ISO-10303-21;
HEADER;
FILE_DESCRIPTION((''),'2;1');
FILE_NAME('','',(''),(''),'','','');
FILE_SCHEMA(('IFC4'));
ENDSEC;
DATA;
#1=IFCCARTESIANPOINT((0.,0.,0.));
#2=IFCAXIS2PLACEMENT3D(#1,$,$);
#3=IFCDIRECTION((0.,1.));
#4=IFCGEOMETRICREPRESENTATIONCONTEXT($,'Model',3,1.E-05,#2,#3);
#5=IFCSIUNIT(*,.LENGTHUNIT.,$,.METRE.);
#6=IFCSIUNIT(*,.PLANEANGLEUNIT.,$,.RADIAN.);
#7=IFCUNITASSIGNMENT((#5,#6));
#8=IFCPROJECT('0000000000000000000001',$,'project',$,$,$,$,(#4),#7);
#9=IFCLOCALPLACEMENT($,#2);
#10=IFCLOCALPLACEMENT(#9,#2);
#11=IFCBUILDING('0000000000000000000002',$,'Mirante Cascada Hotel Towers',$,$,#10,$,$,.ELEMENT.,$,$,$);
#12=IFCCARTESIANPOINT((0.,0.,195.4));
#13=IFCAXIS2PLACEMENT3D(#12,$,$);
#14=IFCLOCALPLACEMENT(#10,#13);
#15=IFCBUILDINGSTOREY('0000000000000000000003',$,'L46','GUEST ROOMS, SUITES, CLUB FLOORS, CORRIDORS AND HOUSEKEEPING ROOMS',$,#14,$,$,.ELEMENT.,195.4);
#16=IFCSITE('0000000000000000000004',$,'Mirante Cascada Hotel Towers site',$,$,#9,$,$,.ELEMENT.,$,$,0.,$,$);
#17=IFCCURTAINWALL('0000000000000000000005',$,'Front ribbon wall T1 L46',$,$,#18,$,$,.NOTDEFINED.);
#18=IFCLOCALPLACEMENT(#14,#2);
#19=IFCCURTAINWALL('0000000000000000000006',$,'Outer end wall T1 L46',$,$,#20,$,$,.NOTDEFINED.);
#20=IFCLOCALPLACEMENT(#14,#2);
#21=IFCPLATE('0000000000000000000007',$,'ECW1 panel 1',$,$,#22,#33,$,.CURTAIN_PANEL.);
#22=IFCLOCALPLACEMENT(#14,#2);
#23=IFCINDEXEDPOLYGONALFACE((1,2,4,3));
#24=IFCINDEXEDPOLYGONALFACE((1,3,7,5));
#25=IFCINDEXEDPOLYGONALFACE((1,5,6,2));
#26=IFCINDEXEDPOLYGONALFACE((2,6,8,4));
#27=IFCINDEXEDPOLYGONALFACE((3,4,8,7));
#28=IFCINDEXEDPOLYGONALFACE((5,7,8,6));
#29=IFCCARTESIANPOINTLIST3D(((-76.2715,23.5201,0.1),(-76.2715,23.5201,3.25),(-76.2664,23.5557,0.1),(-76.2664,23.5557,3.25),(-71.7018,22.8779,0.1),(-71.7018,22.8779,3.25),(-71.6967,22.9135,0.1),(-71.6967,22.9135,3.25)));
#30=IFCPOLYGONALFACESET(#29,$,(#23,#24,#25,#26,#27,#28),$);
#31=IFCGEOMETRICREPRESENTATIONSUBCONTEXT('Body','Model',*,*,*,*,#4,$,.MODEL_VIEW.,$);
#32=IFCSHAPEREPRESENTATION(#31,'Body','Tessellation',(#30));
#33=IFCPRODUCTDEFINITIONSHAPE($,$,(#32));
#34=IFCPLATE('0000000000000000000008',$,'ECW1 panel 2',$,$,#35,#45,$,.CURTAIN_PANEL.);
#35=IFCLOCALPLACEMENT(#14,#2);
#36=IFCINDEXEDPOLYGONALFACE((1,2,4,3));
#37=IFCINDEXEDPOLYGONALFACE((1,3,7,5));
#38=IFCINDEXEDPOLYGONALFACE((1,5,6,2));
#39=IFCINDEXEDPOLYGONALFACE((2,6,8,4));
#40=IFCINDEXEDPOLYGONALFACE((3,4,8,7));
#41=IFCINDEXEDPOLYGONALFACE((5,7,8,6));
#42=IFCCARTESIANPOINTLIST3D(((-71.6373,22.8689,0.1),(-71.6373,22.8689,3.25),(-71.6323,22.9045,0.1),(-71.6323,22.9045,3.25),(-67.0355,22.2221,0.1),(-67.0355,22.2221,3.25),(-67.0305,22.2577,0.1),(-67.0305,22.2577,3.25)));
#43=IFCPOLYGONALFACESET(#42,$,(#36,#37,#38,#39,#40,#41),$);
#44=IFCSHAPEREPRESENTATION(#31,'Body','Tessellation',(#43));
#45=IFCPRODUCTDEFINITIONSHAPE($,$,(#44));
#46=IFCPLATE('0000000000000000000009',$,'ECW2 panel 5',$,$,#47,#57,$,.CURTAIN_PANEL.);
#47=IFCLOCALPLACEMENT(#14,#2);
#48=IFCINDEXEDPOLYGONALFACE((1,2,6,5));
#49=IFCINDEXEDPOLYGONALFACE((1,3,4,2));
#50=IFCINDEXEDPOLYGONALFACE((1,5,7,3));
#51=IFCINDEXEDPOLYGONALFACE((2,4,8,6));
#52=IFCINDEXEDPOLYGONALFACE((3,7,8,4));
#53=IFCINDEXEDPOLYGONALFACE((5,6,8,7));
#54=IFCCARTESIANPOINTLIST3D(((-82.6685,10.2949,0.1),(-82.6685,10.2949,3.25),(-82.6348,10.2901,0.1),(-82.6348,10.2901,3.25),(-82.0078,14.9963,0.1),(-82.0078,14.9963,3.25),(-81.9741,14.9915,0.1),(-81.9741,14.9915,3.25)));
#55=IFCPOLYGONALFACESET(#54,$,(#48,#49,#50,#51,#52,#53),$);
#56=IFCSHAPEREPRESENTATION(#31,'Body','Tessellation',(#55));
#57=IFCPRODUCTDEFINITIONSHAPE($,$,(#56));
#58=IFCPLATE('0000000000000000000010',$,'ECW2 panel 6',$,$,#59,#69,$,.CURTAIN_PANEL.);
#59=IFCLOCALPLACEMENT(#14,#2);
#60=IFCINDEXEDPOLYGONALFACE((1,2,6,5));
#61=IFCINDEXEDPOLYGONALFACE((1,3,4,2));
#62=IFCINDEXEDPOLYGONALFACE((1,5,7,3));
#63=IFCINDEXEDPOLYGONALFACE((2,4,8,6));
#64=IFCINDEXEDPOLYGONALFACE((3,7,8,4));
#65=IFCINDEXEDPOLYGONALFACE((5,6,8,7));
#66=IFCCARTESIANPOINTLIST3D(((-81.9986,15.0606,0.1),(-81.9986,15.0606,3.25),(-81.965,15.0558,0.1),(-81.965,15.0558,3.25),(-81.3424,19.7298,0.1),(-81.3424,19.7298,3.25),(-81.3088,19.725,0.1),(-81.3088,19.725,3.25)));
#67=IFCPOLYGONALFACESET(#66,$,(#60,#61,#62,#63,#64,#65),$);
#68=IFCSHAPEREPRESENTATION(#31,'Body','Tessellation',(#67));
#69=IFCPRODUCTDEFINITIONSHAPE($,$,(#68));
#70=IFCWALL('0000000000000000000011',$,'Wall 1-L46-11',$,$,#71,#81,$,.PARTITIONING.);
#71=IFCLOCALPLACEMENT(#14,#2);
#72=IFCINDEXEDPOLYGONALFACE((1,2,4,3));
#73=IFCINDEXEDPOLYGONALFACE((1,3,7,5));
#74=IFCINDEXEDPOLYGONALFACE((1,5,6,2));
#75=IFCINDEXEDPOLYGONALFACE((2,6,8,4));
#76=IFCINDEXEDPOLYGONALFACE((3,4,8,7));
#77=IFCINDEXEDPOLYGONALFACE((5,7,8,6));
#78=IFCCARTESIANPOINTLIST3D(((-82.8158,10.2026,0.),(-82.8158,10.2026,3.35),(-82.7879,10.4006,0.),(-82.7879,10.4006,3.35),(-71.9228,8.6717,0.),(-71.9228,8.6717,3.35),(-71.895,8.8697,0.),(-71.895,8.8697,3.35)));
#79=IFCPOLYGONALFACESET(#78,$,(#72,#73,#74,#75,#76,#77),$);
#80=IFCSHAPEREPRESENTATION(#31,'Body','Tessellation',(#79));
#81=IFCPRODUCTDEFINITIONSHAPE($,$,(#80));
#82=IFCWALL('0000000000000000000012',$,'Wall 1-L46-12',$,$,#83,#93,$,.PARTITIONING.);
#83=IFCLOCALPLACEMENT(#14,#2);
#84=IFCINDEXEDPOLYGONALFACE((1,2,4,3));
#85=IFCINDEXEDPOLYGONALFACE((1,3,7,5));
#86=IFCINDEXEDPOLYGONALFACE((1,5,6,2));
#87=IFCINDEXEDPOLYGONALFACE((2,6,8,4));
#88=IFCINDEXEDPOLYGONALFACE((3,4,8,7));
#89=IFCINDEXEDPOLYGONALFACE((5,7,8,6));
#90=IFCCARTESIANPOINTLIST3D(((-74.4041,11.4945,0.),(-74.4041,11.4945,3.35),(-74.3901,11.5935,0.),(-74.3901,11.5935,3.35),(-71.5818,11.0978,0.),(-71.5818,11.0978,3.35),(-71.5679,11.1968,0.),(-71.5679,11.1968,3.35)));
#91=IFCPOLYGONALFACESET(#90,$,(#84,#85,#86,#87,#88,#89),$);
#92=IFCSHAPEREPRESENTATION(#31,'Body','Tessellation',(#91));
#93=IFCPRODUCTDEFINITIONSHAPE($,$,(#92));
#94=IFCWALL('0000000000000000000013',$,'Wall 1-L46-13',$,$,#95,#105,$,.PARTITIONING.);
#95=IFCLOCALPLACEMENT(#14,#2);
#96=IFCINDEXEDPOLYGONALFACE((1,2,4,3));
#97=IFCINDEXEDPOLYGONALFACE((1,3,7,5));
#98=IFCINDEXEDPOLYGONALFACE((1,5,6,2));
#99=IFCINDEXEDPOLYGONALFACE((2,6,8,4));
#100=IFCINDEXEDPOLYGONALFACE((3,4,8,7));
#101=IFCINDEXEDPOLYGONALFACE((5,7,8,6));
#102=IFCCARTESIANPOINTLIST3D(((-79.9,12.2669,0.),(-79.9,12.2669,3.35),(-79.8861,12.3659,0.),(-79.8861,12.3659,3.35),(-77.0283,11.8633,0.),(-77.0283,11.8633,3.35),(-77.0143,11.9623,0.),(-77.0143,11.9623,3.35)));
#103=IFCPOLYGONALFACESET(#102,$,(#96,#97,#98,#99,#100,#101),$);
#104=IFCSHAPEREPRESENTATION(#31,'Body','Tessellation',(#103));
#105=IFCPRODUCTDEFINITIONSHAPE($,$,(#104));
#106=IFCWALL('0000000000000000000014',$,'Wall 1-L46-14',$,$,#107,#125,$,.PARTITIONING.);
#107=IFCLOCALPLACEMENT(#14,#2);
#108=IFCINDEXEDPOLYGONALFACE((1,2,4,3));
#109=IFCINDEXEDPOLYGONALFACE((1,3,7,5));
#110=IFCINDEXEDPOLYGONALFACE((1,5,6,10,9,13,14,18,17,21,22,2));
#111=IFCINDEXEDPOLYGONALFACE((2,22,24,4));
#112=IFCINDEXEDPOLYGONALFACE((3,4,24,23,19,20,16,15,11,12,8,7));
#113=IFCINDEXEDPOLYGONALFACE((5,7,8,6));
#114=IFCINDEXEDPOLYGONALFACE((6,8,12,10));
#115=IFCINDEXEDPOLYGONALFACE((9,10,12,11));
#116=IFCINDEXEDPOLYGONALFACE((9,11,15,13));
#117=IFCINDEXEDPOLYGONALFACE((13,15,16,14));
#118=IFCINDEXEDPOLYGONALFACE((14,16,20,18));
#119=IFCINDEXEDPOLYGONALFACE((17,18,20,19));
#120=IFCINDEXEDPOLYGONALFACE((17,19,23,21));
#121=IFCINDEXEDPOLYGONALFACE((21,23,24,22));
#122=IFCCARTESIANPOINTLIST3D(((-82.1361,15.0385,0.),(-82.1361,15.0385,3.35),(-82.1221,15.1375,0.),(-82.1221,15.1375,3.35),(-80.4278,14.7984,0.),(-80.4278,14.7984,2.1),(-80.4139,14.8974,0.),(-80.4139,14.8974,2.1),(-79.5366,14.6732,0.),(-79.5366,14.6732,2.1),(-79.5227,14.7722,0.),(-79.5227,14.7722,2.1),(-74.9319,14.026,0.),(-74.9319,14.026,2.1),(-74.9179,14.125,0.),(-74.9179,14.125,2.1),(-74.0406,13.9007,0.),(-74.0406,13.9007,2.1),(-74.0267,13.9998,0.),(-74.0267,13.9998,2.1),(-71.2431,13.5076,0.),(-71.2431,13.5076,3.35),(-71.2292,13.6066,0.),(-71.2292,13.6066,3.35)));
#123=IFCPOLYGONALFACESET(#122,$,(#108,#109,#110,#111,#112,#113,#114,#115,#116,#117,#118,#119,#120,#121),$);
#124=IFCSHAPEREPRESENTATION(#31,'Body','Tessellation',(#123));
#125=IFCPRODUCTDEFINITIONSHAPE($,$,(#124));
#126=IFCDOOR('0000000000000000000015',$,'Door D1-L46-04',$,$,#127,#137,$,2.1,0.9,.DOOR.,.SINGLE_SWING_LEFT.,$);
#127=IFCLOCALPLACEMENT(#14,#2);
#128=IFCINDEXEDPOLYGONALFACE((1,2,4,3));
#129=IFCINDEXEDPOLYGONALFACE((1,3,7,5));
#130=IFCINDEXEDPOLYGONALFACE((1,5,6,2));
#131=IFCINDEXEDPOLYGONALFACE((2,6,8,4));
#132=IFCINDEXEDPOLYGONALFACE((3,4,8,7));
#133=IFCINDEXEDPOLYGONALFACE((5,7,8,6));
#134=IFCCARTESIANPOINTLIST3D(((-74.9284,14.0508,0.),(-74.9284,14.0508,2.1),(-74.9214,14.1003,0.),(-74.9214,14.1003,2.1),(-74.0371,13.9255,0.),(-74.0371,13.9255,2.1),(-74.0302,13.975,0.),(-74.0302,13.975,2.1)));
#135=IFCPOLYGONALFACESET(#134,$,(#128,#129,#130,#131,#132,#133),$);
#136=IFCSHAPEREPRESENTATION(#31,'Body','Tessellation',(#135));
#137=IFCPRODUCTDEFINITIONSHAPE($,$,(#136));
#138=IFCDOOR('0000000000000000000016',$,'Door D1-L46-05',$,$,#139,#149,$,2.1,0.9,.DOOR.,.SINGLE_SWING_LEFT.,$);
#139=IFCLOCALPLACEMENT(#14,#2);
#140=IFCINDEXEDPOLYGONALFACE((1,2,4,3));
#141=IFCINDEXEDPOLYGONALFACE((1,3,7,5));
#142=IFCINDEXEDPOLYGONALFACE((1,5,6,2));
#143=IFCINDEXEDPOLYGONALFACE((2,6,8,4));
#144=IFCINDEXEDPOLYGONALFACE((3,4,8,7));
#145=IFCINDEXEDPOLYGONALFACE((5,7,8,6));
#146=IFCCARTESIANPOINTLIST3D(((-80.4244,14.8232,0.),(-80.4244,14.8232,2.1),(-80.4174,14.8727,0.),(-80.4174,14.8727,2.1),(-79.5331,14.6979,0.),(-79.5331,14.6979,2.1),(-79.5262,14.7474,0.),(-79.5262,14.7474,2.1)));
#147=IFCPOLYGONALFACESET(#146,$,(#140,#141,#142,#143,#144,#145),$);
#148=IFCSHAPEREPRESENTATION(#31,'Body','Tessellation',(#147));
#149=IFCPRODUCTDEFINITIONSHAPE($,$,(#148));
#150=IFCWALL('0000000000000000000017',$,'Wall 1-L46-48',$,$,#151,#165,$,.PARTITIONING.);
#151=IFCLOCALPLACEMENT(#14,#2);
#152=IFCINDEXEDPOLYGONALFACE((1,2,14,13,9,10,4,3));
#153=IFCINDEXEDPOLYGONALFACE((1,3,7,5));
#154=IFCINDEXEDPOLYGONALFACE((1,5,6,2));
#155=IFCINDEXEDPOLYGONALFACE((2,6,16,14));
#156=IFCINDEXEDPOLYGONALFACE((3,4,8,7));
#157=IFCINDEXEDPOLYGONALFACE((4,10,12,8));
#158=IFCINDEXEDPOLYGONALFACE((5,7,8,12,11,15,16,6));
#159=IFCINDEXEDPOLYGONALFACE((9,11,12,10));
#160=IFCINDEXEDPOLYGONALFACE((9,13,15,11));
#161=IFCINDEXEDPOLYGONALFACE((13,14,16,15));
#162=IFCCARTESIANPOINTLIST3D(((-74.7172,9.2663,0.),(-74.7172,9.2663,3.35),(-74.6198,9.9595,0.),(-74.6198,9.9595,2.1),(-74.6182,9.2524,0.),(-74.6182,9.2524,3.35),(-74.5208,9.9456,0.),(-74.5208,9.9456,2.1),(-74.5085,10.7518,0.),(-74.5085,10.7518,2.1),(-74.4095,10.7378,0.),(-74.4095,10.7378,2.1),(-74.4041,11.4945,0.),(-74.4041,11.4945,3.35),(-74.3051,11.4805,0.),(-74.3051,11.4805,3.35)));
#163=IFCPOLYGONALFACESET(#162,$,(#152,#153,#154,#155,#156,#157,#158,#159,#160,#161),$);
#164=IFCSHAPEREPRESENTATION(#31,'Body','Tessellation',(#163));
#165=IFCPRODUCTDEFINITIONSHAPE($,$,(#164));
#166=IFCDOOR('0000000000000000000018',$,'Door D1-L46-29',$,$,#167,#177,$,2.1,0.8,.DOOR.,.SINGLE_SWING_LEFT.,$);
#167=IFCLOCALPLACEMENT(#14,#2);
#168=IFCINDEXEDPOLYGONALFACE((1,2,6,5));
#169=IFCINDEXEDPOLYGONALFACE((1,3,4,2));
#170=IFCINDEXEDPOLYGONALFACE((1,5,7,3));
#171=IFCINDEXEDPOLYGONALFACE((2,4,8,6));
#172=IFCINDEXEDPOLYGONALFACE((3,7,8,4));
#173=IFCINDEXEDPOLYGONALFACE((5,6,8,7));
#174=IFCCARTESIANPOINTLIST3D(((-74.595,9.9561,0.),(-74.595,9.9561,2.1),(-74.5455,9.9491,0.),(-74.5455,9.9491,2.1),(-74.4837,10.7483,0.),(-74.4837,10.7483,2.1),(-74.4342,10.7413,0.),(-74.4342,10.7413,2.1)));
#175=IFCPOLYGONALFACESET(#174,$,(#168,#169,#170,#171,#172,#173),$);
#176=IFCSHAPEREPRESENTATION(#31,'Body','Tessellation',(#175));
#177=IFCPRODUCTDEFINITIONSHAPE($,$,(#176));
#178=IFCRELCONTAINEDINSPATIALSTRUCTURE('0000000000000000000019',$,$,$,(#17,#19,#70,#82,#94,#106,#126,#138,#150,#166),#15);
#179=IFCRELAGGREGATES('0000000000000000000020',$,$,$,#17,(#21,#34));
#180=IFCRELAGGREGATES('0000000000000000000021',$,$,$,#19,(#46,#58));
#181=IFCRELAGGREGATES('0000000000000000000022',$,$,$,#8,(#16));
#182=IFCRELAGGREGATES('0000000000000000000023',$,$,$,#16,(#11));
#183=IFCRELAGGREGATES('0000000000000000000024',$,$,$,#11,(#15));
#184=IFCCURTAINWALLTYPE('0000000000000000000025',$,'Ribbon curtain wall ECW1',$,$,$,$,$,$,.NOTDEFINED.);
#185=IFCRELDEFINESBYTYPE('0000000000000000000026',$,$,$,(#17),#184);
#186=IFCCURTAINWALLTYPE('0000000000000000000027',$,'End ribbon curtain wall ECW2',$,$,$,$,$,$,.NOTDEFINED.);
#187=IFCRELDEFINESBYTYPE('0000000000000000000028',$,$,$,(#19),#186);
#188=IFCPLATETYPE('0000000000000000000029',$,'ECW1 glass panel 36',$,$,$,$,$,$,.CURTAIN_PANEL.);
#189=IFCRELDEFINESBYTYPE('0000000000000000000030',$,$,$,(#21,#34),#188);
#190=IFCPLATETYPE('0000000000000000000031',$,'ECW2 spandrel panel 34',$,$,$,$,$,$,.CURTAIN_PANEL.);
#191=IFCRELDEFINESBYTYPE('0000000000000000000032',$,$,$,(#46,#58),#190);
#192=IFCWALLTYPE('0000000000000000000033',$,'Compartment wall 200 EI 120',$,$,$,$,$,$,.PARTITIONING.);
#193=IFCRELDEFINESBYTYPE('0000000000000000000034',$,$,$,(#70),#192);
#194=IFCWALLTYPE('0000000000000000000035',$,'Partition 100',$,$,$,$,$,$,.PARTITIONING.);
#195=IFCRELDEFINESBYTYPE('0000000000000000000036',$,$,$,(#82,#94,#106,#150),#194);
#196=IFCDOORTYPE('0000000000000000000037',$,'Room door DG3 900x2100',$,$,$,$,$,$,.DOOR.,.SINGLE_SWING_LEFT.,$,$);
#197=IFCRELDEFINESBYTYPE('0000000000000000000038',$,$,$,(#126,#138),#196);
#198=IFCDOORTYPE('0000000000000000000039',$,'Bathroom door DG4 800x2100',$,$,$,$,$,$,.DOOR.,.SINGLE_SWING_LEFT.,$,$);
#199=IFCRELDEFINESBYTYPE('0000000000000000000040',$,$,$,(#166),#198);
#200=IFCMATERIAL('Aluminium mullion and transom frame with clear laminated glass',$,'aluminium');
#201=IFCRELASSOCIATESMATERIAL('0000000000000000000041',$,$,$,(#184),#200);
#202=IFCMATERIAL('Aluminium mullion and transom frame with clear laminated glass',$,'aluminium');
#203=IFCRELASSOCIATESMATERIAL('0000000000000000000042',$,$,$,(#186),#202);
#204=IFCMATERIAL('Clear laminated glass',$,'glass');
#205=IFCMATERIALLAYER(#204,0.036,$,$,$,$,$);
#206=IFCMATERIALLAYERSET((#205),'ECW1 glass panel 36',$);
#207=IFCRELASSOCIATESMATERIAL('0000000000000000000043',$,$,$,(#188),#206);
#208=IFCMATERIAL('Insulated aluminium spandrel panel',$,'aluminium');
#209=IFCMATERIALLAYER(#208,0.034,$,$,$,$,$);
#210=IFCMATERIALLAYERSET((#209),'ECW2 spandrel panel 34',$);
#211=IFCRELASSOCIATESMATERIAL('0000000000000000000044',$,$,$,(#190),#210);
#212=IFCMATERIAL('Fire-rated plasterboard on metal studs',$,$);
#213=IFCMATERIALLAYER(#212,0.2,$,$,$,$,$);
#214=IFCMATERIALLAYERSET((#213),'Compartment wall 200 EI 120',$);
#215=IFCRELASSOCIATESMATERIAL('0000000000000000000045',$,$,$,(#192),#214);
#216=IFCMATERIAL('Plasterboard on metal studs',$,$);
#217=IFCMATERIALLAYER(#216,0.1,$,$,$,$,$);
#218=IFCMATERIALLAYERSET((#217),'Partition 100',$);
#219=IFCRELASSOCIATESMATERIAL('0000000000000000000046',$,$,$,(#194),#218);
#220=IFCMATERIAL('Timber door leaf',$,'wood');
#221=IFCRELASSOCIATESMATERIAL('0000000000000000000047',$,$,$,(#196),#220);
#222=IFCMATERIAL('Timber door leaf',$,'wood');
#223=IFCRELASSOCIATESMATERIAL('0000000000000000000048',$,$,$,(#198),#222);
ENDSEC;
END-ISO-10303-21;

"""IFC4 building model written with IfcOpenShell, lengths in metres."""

from ifc_helpers import new_model, si_unit, direction, frame, frame_2d, origin, origin_2d, place, context, subcontext, project, spatial, rectangle, extrude, material, layer, layer_set, type_object, element, fill, aggregate, save


model = new_model("IFC4")

# Units and contexts
model_context = context("Model", 3, precision=1e-05, world=origin(), true_north=direction((0.0, 1.0)))
body_context = subcontext(model_context, "Body", "Model", "MODEL_VIEW")
ifc_project = project(units=[si_unit("LENGTHUNIT", "METRE"), si_unit("PLANEANGLEUNIT", "RADIAN")], contexts=[model_context])

# Site, building, storey
site_placement = place(None, origin())
site = spatial("IfcSite", under=ifc_project, at=site_placement, Name="Mirante Cascada Hotel Towers site", CompositionType="ELEMENT", RefElevation=0.0)
building_placement = place(site_placement, origin())
building = spatial("IfcBuilding", under=site, at=building_placement, Name="Mirante Cascada Hotel Towers", CompositionType="ELEMENT")
storey_placement = place(building_placement, frame((0.0, 0.0, 195.4)))
storey = spatial("IfcBuildingStorey", under=building, at=storey_placement, Name="L46", Description="GUEST ROOMS, SUITES, CLUB FLOORS, CORRIDORS AND HOUSEKEEPING ROOMS", CompositionType="ELEMENT", Elevation=195.4)

# Curtain walls
ifc_material_1 = material(Name="Aluminium mullion and transom frame with clear laminated glass", Category="aluminium")
curtain_wall_type_1 = type_object("IfcCurtainWallType", Name="Ribbon curtain wall ECW1", PredefinedType="NOTDEFINED", material=ifc_material_1)
curtain_wall_1_placement = place(storey_placement, origin())
curtain_wall_1 = element("IfcCurtainWall", 1, at=curtain_wall_1_placement, inside=storey, type_object=curtain_wall_type_1, Name="Front ribbon wall T1 L46", PredefinedType="NOTDEFINED")
ifc_material_2 = material(Name="Aluminium mullion and transom frame with clear laminated glass", Category="aluminium")
curtain_wall_type_2 = type_object("IfcCurtainWallType", Name="End ribbon curtain wall ECW2", PredefinedType="NOTDEFINED", material=ifc_material_2)
curtain_wall_2_placement = place(storey_placement, origin())
curtain_wall_2 = element("IfcCurtainWall", 2, at=curtain_wall_2_placement, inside=storey, type_object=curtain_wall_type_2, Name="Outer end wall T1 L46", PredefinedType="NOTDEFINED")

# Plates
ifc_material_3 = material(Name="Clear laminated glass", Category="glass")
ifc_layer_1 = layer(ifc_material_3, 0.036)
ifc_layer_set_1 = layer_set([ifc_layer_1], Name="ECW1 glass panel 36")
plate_type_1 = type_object("IfcPlateType", Name="ECW1 glass panel 36", PredefinedType="CURTAIN_PANEL", material=ifc_layer_set_1)
plate_1_placement = place(storey_placement, frame((-73.9841, 23.2168, 0.1), z_axis=(0.0, 0.0, 1.0), x_axis=(0.990268, -0.139173, 0.0)))
plate_1 = element("IfcPlate", 3, at=plate_1_placement, type_object=plate_type_1, Name="ECW1 panel 1", PredefinedType="CURTAIN_PANEL", context=body_context, shape_type="SweptSolid", body=[
    extrude(rectangle(XDim=4.6146, YDim=0.036, at=origin_2d()), origin(), (0.0, 0.0, 1.0), 3.15),
])
plate_2_placement = place(storey_placement, frame((-69.3339, 22.5633, 0.1), z_axis=(0.0, 0.0, 1.0), x_axis=(0.990268, -0.139173, 0.0)))
plate_2 = element("IfcPlate", 4, at=plate_2_placement, type_object=plate_type_1, Name="ECW1 panel 2", PredefinedType="CURTAIN_PANEL", context=body_context, shape_type="SweptSolid", body=[
    extrude(rectangle(XDim=4.6471, YDim=0.036, at=origin_2d()), origin(), (0.0, 0.0, 1.0), 3.15),
])
aggregate(curtain_wall_1, [plate_1, plate_2])
ifc_material_4 = material(Name="Insulated aluminium spandrel panel", Category="aluminium")
ifc_layer_2 = layer(ifc_material_4, 0.034)
ifc_layer_set_2 = layer_set([ifc_layer_2], Name="ECW2 spandrel panel 34")
plate_type_2 = type_object("IfcPlateType", Name="ECW2 spandrel panel 34", PredefinedType="CURTAIN_PANEL", material=ifc_layer_set_2)
plate_3_placement = place(storey_placement, frame((-82.3213, 12.6432, 0.1), z_axis=(0.0, 0.0, 1.0), x_axis=(0.139173, 0.990268, 0.0)))
plate_3 = element("IfcPlate", 5, at=plate_3_placement, type_object=plate_type_2, Name="ECW2 panel 5", PredefinedType="CURTAIN_PANEL", context=body_context, shape_type="SweptSolid", body=[
    extrude(rectangle(XDim=4.7476, YDim=0.034, at=origin_2d()), origin(), (0.0, 0.0, 1.0), 3.15),
])
plate_4_placement = place(storey_placement, frame((-81.6537, 17.3928, 0.1), z_axis=(0.0, 0.0, 1.0), x_axis=(0.139173, 0.990268, 0.0)))
plate_4 = element("IfcPlate", 6, at=plate_4_placement, type_object=plate_type_2, Name="ECW2 panel 6", PredefinedType="CURTAIN_PANEL", context=body_context, shape_type="SweptSolid", body=[
    extrude(rectangle(XDim=4.7151, YDim=0.034, at=origin_2d()), origin(), (0.0, 0.0, 1.0), 3.15),
])
aggregate(curtain_wall_2, [plate_3, plate_4])

# Walls
ifc_material_5 = material(Name="Fire-rated plasterboard on metal studs")
ifc_layer_3 = layer(ifc_material_5, 0.2)
ifc_layer_set_3 = layer_set([ifc_layer_3], Name="Compartment wall 200 EI 120")
wall_type_1 = type_object("IfcWallType", Name="Compartment wall 200 EI 120", PredefinedType="PARTITIONING", material=ifc_layer_set_3)
wall_1_placement = place(storey_placement, frame((-71.9089, 8.7707, 0.0), z_axis=(0.0, 0.0, 1.0), x_axis=(-0.990268, 0.139173, 0.0)))
element("IfcWall", 7, at=wall_1_placement, inside=storey, type_object=wall_type_1, Name="Wall 1-L46-11", PredefinedType="PARTITIONING", context=body_context, shape_type="SweptSolid", body=[
    extrude(rectangle(XDim=11.0, YDim=0.2, at=frame_2d((5.5, 0.0))), origin(), (0.0, 0.0, 1.0), 3.35),
])
ifc_material_6 = material(Name="Plasterboard on metal studs")
ifc_layer_4 = layer(ifc_material_6, 0.1)
ifc_layer_set_4 = layer_set([ifc_layer_4], Name="Partition 100")
wall_type_2 = type_object("IfcWallType", Name="Partition 100", PredefinedType="PARTITIONING", material=ifc_layer_set_4)
wall_2_placement = place(storey_placement, frame((-74.3971, 11.544, 0.0), z_axis=(0.0, 0.0, 1.0), x_axis=(0.990266, -0.139191, 0.0)))
element("IfcWall", 8, at=wall_2_placement, inside=storey, type_object=wall_type_2, Name="Wall 1-L46-12", PredefinedType="PARTITIONING", context=body_context, shape_type="SweptSolid", body=[
    extrude(rectangle(XDim=2.85, YDim=0.1, at=frame_2d((1.425, 0.0))), origin(), (0.0, 0.0, 1.0), 3.35),
])
wall_3_placement = place(storey_placement, frame((-77.0213, 11.9128, 0.0), z_axis=(0.0, 0.0, 1.0), x_axis=(-0.990268, 0.139171, 0.0)))
element("IfcWall", 9, at=wall_3_placement, inside=storey, type_object=wall_type_2, Name="Wall 1-L46-13", PredefinedType="PARTITIONING", context=body_context, shape_type="SweptSolid", body=[
    extrude(rectangle(XDim=2.9, YDim=0.1, at=frame_2d((1.45, 0.0))), origin(), (0.0, 0.0, 1.0), 3.35),
])

# Wall, openings, doors
wall_4_placement = place(storey_placement, frame((-82.1291, 15.088, 0.0), z_axis=(0.0, 0.0, 1.0), x_axis=(0.990268, -0.139173, 0.0)))
wall_4 = element("IfcWall", 10, at=wall_4_placement, inside=storey, type_object=wall_type_2, Name="Wall 1-L46-14", PredefinedType="PARTITIONING", context=body_context, shape_type="SweptSolid", body=[
    extrude(rectangle(XDim=11.0, YDim=0.1, at=frame_2d((5.5, 0.0))), origin(), (0.0, 0.0, 1.0), 3.35),
])
opening_1_placement = place(wall_4_placement, frame((7.275, 0.0, 0.0)))
opening_1 = element("IfcOpeningElement", 11, at=opening_1_placement, cuts=wall_4, PredefinedType="OPENING", context=body_context, shape_type="SweptSolid", body=[
    extrude(rectangle(XDim=0.9, YDim=2.1, at=frame_2d((0.45, 1.05))), frame((0.0, 0.05, 0.0), z_axis=(0.0, -1.0, 0.0), x_axis=(1.0, 0.0, 0.0)), (0.0, 0.0, 1.0), 0.1),
])
opening_2_placement = place(wall_4_placement, frame((1.725, 0.0, 0.0)))
opening_2 = element("IfcOpeningElement", 12, at=opening_2_placement, cuts=wall_4, PredefinedType="OPENING", context=body_context, shape_type="SweptSolid", body=[
    extrude(rectangle(XDim=0.9, YDim=2.1, at=frame_2d((0.45, 1.05))), frame((0.0, 0.05, 0.0), z_axis=(0.0, -1.0, 0.0), x_axis=(1.0, 0.0, 0.0)), (0.0, 0.0, 1.0), 0.1),
])
ifc_material_7 = material(Name="Timber door leaf", Category="wood")
door_type_1 = type_object("IfcDoorType", Name="Room door DG3 900x2100", OperationType="SINGLE_SWING_LEFT", PredefinedType="DOOR", material=ifc_material_7)
door_1_placement = place(opening_1_placement, origin())
door_1 = element("IfcDoor", 13, at=door_1_placement, inside=storey, type_object=door_type_1, Name="Door D1-L46-04", OperationType="SINGLE_SWING_LEFT", OverallHeight=2.1, OverallWidth=0.9, PredefinedType="DOOR", context=body_context, shape_type="SweptSolid", body=[
    extrude(rectangle(XDim=0.9, YDim=2.1, at=frame_2d((0.45, 1.05))), frame((0.0, 0.025, 0.0), z_axis=(0.0, -1.0, 0.0), x_axis=(1.0, 0.0, 0.0)), (0.0, 0.0, 1.0), 0.05),
])
fill(opening_1, door_1)
door_2_placement = place(opening_2_placement, origin())
door_2 = element("IfcDoor", 14, at=door_2_placement, inside=storey, type_object=door_type_1, Name="Door D1-L46-05", OperationType="SINGLE_SWING_LEFT", OverallHeight=2.1, OverallWidth=0.9, PredefinedType="DOOR", context=body_context, shape_type="SweptSolid", body=[
    extrude(rectangle(XDim=0.9, YDim=2.1, at=frame_2d((0.45, 1.05))), frame((0.0, 0.025, 0.0), z_axis=(0.0, -1.0, 0.0), x_axis=(1.0, 0.0, 0.0)), (0.0, 0.0, 1.0), 0.05),
])
fill(opening_2, door_2)

# Wall, opening, door
wall_5_placement = place(storey_placement, frame((-74.3546, 11.4875, 0.0), z_axis=(0.0, 0.0, 1.0), x_axis=(-0.139156, -0.990271, 0.0)))
wall_5 = element("IfcWall", 15, at=wall_5_placement, inside=storey, type_object=wall_type_2, Name="Wall 1-L46-48", PredefinedType="PARTITIONING", context=body_context, shape_type="SweptSolid", body=[
    extrude(rectangle(XDim=2.25, YDim=0.1, at=frame_2d((1.125, 0.0))), origin(), (0.0, 0.0, 1.0), 3.35),
])
opening_3_placement = place(wall_5_placement, frame((0.75, 0.0, 0.0)))
opening_3 = element("IfcOpeningElement", 16, at=opening_3_placement, cuts=wall_5, PredefinedType="OPENING", context=body_context, shape_type="SweptSolid", body=[
    extrude(rectangle(XDim=0.8, YDim=2.1, at=frame_2d((0.4, 1.05))), frame((0.0, 0.05, 0.0), z_axis=(0.0, -1.0, 0.0), x_axis=(1.0, 0.0, 0.0)), (0.0, 0.0, 1.0), 0.1),
])
ifc_material_8 = material(Name="Timber door leaf", Category="wood")
door_type_2 = type_object("IfcDoorType", Name="Bathroom door DG4 800x2100", OperationType="SINGLE_SWING_LEFT", PredefinedType="DOOR", material=ifc_material_8)
door_3_placement = place(opening_3_placement, origin())
door_3 = element("IfcDoor", 17, at=door_3_placement, inside=storey, type_object=door_type_2, Name="Door D1-L46-29", OperationType="SINGLE_SWING_LEFT", OverallHeight=2.1, OverallWidth=0.8, PredefinedType="DOOR", context=body_context, shape_type="SweptSolid", body=[
    extrude(rectangle(XDim=0.8, YDim=2.1, at=frame_2d((0.4, 1.05))), frame((0.0, 0.025, 0.0), z_axis=(0.0, -1.0, 0.0), x_axis=(1.0, 0.0, 0.0)), (0.0, 0.0, 1.0), 0.05),
])
fill(opening_3, door_3)

save(model, "model.ifc")
